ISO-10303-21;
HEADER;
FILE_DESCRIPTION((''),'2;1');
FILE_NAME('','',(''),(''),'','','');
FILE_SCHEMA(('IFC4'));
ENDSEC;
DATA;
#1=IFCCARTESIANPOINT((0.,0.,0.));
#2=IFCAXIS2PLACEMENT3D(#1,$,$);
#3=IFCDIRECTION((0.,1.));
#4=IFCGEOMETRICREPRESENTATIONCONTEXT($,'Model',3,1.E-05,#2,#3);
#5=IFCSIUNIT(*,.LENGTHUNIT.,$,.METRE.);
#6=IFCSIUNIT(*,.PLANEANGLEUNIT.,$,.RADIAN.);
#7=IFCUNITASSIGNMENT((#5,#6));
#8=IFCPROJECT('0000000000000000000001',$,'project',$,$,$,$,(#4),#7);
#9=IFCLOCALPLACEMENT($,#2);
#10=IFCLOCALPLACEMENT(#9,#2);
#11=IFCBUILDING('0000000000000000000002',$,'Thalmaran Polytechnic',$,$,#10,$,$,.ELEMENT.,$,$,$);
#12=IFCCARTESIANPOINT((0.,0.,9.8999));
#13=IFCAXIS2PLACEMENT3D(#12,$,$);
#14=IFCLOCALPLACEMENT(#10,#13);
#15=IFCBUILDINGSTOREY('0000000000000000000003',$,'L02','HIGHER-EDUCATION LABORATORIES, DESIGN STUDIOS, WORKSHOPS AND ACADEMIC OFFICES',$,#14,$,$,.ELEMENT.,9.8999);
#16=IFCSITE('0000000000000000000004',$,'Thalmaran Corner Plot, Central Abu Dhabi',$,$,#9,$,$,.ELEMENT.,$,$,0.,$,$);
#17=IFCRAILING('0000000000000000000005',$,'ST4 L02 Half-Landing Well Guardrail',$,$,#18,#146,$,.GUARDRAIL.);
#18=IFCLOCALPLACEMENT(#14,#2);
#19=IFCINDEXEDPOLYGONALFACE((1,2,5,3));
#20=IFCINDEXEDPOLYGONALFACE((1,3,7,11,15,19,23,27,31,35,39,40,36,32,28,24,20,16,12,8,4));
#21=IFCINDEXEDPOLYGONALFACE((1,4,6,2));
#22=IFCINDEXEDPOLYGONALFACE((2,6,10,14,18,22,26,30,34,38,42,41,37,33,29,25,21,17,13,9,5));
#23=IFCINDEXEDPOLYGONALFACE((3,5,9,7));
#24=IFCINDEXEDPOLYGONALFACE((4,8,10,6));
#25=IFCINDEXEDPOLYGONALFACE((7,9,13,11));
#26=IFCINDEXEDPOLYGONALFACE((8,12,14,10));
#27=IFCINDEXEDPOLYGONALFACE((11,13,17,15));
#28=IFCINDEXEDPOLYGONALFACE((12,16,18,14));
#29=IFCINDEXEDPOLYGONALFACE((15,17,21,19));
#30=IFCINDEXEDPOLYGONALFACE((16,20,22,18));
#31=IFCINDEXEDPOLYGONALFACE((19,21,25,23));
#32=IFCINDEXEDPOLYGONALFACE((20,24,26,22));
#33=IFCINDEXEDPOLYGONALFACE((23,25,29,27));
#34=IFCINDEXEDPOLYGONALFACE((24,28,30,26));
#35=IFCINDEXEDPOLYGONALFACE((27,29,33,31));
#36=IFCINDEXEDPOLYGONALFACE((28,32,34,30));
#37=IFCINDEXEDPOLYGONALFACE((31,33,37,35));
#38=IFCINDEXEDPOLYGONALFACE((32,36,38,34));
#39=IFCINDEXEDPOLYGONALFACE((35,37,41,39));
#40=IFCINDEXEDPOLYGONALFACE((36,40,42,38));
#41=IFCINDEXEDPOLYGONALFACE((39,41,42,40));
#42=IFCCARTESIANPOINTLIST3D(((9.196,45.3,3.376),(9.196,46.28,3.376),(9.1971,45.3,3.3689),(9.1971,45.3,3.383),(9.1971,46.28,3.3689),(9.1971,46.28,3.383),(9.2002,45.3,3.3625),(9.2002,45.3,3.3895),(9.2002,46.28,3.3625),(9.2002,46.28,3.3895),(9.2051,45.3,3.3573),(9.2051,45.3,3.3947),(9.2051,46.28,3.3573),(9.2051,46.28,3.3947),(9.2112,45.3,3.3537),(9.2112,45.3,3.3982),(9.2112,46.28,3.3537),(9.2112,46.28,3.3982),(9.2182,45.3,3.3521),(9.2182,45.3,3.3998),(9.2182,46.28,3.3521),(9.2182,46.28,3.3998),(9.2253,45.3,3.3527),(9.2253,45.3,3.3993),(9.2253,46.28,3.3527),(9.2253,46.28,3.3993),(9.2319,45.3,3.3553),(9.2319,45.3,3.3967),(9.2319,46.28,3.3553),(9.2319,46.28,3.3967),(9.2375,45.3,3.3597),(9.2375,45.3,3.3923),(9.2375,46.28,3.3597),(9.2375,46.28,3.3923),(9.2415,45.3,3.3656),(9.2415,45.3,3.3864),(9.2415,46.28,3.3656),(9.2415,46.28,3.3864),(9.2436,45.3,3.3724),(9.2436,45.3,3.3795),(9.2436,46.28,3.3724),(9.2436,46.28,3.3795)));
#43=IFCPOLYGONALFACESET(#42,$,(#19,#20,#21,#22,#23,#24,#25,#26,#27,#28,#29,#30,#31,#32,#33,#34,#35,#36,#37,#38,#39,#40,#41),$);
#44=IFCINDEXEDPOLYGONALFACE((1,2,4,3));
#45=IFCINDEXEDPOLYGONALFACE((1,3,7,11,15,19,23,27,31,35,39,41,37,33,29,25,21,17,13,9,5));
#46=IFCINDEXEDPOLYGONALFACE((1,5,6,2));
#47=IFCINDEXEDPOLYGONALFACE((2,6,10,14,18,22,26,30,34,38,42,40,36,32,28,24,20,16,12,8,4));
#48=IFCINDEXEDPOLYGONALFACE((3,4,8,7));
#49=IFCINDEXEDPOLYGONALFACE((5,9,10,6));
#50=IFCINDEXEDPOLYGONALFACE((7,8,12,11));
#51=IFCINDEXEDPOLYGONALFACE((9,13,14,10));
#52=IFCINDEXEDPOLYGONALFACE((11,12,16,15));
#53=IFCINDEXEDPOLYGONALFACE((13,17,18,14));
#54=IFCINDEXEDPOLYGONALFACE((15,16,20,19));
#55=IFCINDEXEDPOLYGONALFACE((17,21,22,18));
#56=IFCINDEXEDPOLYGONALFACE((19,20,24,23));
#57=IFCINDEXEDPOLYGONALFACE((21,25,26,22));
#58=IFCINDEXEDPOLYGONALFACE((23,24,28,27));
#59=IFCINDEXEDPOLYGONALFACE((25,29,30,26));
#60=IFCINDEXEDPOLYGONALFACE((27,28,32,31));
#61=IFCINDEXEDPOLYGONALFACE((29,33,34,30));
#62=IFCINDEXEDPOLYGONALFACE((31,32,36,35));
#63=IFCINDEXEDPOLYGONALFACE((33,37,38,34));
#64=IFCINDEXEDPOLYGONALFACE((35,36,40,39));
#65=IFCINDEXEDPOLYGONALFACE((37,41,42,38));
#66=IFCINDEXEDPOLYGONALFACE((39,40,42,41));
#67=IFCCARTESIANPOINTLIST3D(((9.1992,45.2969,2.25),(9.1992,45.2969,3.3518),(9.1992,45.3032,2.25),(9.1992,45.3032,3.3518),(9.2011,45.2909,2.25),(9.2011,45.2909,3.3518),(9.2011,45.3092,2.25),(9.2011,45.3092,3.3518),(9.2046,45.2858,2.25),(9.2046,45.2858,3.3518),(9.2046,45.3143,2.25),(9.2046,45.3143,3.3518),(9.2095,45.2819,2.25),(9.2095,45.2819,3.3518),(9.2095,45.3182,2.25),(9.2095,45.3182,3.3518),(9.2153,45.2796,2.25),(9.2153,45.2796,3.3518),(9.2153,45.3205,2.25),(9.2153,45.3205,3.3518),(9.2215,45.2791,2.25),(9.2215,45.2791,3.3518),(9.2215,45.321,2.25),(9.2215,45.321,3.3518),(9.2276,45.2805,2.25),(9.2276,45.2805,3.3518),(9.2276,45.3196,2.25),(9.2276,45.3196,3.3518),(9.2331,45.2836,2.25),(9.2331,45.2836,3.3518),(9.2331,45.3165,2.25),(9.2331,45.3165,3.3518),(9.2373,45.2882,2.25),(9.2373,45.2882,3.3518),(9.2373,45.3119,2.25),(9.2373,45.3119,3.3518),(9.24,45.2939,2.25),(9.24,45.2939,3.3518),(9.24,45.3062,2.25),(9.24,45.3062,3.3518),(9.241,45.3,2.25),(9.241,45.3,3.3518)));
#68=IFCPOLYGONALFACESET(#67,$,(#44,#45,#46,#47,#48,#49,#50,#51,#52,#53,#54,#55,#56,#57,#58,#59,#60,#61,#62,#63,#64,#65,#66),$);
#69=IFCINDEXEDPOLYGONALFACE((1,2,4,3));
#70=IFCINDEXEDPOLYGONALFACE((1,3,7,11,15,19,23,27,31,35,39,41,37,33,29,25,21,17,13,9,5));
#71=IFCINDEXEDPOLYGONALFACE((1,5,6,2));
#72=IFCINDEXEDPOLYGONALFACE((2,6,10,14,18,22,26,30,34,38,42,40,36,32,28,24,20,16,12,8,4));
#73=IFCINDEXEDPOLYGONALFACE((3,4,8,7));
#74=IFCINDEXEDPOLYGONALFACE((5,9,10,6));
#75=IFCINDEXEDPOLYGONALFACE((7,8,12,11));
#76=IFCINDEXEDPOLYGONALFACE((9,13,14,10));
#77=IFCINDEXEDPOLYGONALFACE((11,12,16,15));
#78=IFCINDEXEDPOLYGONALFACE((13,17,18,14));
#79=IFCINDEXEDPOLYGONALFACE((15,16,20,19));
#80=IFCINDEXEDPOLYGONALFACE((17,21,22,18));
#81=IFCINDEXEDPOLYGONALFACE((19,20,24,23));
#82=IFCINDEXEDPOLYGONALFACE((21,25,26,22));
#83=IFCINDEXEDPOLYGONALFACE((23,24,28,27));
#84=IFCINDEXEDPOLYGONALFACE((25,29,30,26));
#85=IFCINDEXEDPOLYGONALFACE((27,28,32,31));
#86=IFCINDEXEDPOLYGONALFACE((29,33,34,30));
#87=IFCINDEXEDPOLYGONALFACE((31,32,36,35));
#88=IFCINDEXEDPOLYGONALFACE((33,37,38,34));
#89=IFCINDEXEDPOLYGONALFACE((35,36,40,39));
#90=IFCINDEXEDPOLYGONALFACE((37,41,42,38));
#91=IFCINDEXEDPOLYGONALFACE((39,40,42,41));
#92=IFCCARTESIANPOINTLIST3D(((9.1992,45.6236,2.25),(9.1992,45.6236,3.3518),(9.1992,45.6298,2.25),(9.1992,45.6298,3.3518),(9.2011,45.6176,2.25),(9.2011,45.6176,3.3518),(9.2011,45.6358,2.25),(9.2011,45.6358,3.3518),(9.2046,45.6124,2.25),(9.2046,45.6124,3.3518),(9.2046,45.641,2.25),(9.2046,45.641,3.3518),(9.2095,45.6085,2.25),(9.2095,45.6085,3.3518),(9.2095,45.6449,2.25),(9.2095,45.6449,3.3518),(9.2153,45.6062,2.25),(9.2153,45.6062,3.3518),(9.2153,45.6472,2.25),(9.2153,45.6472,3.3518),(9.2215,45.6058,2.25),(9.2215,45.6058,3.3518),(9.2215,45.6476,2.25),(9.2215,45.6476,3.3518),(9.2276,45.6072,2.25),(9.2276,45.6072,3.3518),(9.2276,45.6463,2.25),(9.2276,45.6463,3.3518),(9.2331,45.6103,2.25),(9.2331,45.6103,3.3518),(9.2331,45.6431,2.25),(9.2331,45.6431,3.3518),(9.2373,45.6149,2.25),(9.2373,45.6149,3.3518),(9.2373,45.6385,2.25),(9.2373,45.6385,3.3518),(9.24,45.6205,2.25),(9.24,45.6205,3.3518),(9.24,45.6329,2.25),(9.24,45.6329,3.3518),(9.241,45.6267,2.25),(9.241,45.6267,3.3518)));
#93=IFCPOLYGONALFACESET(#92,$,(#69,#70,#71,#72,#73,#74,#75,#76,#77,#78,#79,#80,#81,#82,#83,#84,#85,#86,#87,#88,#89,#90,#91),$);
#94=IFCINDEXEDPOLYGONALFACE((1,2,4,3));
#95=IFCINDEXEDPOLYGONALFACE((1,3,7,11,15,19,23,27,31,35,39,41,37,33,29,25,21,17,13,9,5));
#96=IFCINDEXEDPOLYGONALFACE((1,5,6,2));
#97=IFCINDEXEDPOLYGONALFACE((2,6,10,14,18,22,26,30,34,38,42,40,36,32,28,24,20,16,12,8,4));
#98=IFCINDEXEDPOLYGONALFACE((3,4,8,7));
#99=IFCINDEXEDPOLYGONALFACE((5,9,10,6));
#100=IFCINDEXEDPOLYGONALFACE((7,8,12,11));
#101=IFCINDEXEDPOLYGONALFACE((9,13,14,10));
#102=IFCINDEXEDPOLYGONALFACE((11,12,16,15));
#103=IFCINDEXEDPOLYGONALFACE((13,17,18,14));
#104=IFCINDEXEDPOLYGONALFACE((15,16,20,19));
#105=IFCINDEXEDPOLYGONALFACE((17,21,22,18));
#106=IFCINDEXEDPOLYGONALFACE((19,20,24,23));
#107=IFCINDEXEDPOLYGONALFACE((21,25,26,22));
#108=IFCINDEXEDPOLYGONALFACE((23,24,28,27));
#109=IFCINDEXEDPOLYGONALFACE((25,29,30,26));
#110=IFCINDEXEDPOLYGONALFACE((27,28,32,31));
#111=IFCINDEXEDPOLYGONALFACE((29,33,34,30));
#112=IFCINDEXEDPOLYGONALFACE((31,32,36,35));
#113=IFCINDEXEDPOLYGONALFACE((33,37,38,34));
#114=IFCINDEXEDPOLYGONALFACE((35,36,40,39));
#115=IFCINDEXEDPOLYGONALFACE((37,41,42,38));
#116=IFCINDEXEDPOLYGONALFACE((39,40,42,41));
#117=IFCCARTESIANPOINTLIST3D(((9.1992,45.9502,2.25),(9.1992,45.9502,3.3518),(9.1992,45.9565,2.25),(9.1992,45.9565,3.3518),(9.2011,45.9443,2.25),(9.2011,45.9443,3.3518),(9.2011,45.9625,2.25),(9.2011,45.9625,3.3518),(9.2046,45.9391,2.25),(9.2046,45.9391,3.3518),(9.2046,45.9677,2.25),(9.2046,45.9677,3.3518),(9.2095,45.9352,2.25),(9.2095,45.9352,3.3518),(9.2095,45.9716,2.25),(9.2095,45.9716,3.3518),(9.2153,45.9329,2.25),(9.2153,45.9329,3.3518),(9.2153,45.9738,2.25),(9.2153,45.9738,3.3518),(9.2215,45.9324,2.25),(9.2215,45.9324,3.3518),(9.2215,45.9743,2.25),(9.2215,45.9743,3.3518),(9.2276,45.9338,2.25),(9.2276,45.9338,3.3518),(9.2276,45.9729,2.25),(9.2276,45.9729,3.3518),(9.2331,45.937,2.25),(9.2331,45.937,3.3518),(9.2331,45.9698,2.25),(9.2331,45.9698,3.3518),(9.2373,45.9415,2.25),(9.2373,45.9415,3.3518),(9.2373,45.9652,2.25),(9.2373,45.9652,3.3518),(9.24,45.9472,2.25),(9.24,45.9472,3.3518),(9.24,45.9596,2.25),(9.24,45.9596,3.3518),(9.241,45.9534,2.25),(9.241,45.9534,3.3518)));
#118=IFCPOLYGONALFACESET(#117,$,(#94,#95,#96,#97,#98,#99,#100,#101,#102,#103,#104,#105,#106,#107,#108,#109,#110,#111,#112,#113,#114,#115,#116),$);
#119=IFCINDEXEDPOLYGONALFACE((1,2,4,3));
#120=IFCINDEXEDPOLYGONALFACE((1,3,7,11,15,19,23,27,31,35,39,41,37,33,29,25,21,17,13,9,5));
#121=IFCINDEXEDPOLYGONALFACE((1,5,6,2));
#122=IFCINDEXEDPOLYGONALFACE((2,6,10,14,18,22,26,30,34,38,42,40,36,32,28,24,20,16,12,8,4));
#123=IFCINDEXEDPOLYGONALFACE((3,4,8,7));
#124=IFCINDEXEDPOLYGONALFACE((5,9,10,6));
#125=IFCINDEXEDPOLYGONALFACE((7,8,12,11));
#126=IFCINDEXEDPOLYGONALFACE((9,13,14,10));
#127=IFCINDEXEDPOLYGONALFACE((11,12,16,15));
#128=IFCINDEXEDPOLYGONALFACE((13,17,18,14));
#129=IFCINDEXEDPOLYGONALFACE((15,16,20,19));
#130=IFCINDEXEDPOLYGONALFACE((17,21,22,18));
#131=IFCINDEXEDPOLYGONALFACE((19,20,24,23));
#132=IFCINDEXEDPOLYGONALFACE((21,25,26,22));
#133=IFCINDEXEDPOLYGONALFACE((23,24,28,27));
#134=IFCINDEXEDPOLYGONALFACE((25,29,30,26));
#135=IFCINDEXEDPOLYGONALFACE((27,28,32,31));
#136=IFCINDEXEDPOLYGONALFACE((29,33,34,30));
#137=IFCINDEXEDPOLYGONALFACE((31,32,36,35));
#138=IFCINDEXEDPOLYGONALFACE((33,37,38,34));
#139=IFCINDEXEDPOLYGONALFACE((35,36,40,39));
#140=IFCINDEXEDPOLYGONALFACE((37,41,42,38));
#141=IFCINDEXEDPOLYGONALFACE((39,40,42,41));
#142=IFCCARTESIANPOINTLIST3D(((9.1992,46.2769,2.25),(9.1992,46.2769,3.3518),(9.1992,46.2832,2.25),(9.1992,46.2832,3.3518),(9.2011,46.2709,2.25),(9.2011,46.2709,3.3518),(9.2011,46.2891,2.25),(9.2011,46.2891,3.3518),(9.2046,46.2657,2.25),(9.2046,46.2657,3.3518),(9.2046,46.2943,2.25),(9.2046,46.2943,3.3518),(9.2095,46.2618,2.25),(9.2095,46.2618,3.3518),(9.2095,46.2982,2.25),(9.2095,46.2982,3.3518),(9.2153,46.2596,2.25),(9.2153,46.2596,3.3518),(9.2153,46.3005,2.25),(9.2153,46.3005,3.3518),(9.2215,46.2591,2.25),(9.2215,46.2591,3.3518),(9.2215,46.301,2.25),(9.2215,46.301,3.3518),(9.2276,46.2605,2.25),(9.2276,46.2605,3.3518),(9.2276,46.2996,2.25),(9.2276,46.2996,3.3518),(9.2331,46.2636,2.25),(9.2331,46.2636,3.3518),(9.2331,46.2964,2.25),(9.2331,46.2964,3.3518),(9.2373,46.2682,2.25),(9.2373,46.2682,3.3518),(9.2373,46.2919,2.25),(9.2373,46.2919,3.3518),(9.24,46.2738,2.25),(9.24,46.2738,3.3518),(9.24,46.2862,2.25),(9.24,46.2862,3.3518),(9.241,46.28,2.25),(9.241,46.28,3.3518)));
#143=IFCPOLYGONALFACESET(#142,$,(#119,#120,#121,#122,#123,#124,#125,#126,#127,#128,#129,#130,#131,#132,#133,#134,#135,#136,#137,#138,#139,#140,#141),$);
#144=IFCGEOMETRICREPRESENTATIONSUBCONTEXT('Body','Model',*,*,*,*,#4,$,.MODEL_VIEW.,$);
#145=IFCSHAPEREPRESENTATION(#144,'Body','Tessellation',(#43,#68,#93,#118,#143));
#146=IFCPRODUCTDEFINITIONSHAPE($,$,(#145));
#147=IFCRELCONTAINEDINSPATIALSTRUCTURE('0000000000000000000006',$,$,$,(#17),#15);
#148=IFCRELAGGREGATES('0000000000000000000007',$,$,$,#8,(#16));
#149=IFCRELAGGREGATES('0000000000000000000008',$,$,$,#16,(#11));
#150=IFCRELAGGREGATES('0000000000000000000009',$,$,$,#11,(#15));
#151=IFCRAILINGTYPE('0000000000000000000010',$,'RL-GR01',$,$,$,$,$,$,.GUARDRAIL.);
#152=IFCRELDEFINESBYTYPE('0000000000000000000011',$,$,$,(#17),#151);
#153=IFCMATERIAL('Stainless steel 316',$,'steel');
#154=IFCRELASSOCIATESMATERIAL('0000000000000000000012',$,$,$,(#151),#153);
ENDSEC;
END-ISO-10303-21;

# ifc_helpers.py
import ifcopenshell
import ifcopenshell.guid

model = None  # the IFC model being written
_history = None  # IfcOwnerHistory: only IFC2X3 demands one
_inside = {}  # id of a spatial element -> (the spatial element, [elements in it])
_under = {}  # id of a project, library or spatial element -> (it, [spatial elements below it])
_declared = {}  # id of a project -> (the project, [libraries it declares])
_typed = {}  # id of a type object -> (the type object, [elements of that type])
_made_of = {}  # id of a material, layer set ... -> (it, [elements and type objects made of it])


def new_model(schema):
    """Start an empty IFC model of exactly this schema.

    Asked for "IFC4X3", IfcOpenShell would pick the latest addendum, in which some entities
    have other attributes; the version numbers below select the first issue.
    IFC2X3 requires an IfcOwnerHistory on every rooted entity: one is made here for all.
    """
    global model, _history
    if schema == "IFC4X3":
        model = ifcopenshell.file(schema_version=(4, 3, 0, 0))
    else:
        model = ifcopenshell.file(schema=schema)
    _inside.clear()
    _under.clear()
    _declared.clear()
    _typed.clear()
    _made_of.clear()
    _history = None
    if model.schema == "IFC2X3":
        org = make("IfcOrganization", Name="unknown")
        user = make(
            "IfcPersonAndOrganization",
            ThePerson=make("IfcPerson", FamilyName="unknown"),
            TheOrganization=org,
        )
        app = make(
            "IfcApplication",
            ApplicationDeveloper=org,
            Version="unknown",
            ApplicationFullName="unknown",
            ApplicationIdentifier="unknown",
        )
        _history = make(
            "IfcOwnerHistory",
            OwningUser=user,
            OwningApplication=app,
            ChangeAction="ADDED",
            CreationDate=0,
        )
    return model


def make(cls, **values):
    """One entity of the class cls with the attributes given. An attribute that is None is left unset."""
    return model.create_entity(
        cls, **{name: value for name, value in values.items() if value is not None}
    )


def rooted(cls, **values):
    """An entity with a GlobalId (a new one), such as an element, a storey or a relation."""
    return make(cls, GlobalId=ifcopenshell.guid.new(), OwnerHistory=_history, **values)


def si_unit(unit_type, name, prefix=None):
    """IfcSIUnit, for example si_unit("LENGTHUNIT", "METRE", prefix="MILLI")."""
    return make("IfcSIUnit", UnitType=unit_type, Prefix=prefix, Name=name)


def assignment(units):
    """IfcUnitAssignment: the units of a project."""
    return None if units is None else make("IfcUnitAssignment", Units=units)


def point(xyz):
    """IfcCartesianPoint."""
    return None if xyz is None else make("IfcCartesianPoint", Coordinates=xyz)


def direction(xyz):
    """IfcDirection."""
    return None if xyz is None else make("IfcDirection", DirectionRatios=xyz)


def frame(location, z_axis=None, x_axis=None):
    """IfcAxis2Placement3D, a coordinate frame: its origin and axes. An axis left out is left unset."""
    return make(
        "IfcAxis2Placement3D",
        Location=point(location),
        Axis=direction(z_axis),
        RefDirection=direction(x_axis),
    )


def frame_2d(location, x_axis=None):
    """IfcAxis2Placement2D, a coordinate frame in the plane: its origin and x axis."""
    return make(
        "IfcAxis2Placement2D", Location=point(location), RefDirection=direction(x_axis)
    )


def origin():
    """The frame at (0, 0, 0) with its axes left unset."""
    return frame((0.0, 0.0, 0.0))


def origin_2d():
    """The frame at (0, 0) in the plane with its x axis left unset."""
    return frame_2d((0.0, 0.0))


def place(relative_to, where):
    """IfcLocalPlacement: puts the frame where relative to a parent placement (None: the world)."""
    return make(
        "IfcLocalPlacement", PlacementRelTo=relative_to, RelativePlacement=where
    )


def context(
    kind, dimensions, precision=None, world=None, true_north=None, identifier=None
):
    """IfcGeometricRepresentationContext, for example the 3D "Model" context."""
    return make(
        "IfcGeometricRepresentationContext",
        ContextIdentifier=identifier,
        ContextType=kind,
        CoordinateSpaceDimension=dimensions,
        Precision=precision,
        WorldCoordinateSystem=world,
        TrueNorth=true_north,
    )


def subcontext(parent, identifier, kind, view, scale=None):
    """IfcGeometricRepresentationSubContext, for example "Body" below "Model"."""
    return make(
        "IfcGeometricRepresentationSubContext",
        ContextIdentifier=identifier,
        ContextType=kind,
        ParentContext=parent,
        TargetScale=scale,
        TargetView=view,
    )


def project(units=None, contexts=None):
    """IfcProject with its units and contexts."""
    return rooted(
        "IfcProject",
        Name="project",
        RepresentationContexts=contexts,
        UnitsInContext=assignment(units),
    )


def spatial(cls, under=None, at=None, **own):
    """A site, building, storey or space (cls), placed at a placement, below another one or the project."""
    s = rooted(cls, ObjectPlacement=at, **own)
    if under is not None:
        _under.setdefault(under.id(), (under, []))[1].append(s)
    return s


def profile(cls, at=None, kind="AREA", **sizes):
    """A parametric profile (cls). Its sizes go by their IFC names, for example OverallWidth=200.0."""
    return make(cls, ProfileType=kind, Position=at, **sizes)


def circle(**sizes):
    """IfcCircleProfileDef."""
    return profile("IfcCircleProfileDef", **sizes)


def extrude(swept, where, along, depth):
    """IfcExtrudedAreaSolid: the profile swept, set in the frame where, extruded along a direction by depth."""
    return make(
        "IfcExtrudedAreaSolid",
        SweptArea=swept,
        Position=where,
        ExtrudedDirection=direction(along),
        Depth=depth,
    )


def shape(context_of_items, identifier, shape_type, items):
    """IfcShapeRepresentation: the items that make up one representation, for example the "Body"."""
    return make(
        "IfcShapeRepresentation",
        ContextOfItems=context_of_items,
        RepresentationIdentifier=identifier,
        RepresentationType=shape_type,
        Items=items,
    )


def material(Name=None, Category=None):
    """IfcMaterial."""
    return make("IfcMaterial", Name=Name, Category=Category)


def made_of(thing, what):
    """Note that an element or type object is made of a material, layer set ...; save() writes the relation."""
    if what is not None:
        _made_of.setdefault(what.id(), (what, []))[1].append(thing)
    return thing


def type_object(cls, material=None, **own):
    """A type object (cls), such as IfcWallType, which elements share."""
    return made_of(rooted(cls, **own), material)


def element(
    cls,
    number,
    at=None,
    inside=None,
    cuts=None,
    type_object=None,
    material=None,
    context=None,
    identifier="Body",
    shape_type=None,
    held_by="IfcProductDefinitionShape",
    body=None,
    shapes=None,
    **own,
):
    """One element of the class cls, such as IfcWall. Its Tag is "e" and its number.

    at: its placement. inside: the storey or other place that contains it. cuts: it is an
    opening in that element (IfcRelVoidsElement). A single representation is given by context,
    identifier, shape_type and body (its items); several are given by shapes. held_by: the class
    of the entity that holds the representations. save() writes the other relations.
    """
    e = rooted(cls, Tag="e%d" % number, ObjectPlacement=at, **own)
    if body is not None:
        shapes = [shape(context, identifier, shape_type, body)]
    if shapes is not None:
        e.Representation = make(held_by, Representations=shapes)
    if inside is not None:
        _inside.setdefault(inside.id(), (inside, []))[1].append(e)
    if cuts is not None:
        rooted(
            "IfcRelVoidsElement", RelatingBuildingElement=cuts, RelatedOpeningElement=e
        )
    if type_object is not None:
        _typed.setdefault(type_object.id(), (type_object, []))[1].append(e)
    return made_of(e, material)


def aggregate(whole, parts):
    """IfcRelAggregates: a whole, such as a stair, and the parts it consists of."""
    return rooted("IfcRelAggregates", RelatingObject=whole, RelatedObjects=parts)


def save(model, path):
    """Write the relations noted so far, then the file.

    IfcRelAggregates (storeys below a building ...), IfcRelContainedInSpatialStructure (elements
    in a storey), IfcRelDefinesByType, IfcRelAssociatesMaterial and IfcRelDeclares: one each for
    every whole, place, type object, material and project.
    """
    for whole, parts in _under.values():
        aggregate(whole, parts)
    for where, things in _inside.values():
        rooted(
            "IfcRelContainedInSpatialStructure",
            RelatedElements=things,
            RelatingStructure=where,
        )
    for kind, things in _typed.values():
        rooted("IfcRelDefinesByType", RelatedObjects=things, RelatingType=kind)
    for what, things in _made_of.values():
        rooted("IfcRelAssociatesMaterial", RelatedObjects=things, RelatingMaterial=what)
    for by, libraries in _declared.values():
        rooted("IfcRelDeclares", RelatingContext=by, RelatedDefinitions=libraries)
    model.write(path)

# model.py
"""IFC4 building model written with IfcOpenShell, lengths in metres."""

from ifc_helpers import new_model, si_unit, direction, frame, origin, origin_2d, place, context, subcontext, project, spatial, circle, extrude, material, type_object, element, save


model = new_model("IFC4")

# Units and contexts
model_context = context("Model", 3, precision=1e-05, world=origin(), true_north=direction((0.0, 1.0)))
body_context = subcontext(model_context, "Body", "Model", "MODEL_VIEW")
ifc_project = project(units=[si_unit("LENGTHUNIT", "METRE"), si_unit("PLANEANGLEUNIT", "RADIAN")], contexts=[model_context])

# Site, building, storey
site_placement = place(None, origin())
site = spatial("IfcSite", under=ifc_project, at=site_placement, Name="Thalmaran Corner Plot, Central Abu Dhabi", CompositionType="ELEMENT", RefElevation=0.0)
building_placement = place(site_placement, origin())
building = spatial("IfcBuilding", under=site, at=building_placement, Name="Thalmaran Polytechnic", CompositionType="ELEMENT")
storey_placement = place(building_placement, frame((0.0, 0.0, 9.8999)))
storey = spatial("IfcBuildingStorey", under=building, at=storey_placement, Name="L02", Description="HIGHER-EDUCATION LABORATORIES, DESIGN STUDIOS, WORKSHOPS AND ACADEMIC OFFICES", CompositionType="ELEMENT", Elevation=9.8999)

# Railing
ifc_material_1 = material(Name="Stainless steel 316", Category="steel")
railing_type_1 = type_object("IfcRailingType", Name="RL-GR01", PredefinedType="GUARDRAIL", material=ifc_material_1)
railing_1_placement = place(storey_placement, frame((9.22, 45.3, 2.25)))
element("IfcRailing", 1, at=railing_1_placement, inside=storey, type_object=railing_type_1, Name="ST4 L02 Half-Landing Well Guardrail", PredefinedType="GUARDRAIL", context=body_context, shape_type="SweptSolid", body=[
    extrude(circle(Radius=0.0239, at=origin_2d()), frame((0.0, 0.0, 1.126), z_axis=(0.0, 1.0, 0.0), x_axis=(-1.0, 0.0, 0.0)), (0.0, 0.0, 1.0), 0.98),
    extrude(circle(Radius=0.021, at=origin_2d()), origin(), (0.0, 0.0, 1.0), 1.1018),
    extrude(circle(Radius=0.021, at=origin_2d()), frame((0.0, 0.3267, 0.0)), (0.0, 0.0, 1.0), 1.1018),
    extrude(circle(Radius=0.021, at=origin_2d()), frame((0.0, 0.6533, 0.0)), (0.0, 0.0, 1.0), 1.1018),
    extrude(circle(Radius=0.021, at=origin_2d()), frame((0.0, 0.98, 0.0)), (0.0, 0.0, 1.0), 1.1018),
])

save(model, "model.ifc")
